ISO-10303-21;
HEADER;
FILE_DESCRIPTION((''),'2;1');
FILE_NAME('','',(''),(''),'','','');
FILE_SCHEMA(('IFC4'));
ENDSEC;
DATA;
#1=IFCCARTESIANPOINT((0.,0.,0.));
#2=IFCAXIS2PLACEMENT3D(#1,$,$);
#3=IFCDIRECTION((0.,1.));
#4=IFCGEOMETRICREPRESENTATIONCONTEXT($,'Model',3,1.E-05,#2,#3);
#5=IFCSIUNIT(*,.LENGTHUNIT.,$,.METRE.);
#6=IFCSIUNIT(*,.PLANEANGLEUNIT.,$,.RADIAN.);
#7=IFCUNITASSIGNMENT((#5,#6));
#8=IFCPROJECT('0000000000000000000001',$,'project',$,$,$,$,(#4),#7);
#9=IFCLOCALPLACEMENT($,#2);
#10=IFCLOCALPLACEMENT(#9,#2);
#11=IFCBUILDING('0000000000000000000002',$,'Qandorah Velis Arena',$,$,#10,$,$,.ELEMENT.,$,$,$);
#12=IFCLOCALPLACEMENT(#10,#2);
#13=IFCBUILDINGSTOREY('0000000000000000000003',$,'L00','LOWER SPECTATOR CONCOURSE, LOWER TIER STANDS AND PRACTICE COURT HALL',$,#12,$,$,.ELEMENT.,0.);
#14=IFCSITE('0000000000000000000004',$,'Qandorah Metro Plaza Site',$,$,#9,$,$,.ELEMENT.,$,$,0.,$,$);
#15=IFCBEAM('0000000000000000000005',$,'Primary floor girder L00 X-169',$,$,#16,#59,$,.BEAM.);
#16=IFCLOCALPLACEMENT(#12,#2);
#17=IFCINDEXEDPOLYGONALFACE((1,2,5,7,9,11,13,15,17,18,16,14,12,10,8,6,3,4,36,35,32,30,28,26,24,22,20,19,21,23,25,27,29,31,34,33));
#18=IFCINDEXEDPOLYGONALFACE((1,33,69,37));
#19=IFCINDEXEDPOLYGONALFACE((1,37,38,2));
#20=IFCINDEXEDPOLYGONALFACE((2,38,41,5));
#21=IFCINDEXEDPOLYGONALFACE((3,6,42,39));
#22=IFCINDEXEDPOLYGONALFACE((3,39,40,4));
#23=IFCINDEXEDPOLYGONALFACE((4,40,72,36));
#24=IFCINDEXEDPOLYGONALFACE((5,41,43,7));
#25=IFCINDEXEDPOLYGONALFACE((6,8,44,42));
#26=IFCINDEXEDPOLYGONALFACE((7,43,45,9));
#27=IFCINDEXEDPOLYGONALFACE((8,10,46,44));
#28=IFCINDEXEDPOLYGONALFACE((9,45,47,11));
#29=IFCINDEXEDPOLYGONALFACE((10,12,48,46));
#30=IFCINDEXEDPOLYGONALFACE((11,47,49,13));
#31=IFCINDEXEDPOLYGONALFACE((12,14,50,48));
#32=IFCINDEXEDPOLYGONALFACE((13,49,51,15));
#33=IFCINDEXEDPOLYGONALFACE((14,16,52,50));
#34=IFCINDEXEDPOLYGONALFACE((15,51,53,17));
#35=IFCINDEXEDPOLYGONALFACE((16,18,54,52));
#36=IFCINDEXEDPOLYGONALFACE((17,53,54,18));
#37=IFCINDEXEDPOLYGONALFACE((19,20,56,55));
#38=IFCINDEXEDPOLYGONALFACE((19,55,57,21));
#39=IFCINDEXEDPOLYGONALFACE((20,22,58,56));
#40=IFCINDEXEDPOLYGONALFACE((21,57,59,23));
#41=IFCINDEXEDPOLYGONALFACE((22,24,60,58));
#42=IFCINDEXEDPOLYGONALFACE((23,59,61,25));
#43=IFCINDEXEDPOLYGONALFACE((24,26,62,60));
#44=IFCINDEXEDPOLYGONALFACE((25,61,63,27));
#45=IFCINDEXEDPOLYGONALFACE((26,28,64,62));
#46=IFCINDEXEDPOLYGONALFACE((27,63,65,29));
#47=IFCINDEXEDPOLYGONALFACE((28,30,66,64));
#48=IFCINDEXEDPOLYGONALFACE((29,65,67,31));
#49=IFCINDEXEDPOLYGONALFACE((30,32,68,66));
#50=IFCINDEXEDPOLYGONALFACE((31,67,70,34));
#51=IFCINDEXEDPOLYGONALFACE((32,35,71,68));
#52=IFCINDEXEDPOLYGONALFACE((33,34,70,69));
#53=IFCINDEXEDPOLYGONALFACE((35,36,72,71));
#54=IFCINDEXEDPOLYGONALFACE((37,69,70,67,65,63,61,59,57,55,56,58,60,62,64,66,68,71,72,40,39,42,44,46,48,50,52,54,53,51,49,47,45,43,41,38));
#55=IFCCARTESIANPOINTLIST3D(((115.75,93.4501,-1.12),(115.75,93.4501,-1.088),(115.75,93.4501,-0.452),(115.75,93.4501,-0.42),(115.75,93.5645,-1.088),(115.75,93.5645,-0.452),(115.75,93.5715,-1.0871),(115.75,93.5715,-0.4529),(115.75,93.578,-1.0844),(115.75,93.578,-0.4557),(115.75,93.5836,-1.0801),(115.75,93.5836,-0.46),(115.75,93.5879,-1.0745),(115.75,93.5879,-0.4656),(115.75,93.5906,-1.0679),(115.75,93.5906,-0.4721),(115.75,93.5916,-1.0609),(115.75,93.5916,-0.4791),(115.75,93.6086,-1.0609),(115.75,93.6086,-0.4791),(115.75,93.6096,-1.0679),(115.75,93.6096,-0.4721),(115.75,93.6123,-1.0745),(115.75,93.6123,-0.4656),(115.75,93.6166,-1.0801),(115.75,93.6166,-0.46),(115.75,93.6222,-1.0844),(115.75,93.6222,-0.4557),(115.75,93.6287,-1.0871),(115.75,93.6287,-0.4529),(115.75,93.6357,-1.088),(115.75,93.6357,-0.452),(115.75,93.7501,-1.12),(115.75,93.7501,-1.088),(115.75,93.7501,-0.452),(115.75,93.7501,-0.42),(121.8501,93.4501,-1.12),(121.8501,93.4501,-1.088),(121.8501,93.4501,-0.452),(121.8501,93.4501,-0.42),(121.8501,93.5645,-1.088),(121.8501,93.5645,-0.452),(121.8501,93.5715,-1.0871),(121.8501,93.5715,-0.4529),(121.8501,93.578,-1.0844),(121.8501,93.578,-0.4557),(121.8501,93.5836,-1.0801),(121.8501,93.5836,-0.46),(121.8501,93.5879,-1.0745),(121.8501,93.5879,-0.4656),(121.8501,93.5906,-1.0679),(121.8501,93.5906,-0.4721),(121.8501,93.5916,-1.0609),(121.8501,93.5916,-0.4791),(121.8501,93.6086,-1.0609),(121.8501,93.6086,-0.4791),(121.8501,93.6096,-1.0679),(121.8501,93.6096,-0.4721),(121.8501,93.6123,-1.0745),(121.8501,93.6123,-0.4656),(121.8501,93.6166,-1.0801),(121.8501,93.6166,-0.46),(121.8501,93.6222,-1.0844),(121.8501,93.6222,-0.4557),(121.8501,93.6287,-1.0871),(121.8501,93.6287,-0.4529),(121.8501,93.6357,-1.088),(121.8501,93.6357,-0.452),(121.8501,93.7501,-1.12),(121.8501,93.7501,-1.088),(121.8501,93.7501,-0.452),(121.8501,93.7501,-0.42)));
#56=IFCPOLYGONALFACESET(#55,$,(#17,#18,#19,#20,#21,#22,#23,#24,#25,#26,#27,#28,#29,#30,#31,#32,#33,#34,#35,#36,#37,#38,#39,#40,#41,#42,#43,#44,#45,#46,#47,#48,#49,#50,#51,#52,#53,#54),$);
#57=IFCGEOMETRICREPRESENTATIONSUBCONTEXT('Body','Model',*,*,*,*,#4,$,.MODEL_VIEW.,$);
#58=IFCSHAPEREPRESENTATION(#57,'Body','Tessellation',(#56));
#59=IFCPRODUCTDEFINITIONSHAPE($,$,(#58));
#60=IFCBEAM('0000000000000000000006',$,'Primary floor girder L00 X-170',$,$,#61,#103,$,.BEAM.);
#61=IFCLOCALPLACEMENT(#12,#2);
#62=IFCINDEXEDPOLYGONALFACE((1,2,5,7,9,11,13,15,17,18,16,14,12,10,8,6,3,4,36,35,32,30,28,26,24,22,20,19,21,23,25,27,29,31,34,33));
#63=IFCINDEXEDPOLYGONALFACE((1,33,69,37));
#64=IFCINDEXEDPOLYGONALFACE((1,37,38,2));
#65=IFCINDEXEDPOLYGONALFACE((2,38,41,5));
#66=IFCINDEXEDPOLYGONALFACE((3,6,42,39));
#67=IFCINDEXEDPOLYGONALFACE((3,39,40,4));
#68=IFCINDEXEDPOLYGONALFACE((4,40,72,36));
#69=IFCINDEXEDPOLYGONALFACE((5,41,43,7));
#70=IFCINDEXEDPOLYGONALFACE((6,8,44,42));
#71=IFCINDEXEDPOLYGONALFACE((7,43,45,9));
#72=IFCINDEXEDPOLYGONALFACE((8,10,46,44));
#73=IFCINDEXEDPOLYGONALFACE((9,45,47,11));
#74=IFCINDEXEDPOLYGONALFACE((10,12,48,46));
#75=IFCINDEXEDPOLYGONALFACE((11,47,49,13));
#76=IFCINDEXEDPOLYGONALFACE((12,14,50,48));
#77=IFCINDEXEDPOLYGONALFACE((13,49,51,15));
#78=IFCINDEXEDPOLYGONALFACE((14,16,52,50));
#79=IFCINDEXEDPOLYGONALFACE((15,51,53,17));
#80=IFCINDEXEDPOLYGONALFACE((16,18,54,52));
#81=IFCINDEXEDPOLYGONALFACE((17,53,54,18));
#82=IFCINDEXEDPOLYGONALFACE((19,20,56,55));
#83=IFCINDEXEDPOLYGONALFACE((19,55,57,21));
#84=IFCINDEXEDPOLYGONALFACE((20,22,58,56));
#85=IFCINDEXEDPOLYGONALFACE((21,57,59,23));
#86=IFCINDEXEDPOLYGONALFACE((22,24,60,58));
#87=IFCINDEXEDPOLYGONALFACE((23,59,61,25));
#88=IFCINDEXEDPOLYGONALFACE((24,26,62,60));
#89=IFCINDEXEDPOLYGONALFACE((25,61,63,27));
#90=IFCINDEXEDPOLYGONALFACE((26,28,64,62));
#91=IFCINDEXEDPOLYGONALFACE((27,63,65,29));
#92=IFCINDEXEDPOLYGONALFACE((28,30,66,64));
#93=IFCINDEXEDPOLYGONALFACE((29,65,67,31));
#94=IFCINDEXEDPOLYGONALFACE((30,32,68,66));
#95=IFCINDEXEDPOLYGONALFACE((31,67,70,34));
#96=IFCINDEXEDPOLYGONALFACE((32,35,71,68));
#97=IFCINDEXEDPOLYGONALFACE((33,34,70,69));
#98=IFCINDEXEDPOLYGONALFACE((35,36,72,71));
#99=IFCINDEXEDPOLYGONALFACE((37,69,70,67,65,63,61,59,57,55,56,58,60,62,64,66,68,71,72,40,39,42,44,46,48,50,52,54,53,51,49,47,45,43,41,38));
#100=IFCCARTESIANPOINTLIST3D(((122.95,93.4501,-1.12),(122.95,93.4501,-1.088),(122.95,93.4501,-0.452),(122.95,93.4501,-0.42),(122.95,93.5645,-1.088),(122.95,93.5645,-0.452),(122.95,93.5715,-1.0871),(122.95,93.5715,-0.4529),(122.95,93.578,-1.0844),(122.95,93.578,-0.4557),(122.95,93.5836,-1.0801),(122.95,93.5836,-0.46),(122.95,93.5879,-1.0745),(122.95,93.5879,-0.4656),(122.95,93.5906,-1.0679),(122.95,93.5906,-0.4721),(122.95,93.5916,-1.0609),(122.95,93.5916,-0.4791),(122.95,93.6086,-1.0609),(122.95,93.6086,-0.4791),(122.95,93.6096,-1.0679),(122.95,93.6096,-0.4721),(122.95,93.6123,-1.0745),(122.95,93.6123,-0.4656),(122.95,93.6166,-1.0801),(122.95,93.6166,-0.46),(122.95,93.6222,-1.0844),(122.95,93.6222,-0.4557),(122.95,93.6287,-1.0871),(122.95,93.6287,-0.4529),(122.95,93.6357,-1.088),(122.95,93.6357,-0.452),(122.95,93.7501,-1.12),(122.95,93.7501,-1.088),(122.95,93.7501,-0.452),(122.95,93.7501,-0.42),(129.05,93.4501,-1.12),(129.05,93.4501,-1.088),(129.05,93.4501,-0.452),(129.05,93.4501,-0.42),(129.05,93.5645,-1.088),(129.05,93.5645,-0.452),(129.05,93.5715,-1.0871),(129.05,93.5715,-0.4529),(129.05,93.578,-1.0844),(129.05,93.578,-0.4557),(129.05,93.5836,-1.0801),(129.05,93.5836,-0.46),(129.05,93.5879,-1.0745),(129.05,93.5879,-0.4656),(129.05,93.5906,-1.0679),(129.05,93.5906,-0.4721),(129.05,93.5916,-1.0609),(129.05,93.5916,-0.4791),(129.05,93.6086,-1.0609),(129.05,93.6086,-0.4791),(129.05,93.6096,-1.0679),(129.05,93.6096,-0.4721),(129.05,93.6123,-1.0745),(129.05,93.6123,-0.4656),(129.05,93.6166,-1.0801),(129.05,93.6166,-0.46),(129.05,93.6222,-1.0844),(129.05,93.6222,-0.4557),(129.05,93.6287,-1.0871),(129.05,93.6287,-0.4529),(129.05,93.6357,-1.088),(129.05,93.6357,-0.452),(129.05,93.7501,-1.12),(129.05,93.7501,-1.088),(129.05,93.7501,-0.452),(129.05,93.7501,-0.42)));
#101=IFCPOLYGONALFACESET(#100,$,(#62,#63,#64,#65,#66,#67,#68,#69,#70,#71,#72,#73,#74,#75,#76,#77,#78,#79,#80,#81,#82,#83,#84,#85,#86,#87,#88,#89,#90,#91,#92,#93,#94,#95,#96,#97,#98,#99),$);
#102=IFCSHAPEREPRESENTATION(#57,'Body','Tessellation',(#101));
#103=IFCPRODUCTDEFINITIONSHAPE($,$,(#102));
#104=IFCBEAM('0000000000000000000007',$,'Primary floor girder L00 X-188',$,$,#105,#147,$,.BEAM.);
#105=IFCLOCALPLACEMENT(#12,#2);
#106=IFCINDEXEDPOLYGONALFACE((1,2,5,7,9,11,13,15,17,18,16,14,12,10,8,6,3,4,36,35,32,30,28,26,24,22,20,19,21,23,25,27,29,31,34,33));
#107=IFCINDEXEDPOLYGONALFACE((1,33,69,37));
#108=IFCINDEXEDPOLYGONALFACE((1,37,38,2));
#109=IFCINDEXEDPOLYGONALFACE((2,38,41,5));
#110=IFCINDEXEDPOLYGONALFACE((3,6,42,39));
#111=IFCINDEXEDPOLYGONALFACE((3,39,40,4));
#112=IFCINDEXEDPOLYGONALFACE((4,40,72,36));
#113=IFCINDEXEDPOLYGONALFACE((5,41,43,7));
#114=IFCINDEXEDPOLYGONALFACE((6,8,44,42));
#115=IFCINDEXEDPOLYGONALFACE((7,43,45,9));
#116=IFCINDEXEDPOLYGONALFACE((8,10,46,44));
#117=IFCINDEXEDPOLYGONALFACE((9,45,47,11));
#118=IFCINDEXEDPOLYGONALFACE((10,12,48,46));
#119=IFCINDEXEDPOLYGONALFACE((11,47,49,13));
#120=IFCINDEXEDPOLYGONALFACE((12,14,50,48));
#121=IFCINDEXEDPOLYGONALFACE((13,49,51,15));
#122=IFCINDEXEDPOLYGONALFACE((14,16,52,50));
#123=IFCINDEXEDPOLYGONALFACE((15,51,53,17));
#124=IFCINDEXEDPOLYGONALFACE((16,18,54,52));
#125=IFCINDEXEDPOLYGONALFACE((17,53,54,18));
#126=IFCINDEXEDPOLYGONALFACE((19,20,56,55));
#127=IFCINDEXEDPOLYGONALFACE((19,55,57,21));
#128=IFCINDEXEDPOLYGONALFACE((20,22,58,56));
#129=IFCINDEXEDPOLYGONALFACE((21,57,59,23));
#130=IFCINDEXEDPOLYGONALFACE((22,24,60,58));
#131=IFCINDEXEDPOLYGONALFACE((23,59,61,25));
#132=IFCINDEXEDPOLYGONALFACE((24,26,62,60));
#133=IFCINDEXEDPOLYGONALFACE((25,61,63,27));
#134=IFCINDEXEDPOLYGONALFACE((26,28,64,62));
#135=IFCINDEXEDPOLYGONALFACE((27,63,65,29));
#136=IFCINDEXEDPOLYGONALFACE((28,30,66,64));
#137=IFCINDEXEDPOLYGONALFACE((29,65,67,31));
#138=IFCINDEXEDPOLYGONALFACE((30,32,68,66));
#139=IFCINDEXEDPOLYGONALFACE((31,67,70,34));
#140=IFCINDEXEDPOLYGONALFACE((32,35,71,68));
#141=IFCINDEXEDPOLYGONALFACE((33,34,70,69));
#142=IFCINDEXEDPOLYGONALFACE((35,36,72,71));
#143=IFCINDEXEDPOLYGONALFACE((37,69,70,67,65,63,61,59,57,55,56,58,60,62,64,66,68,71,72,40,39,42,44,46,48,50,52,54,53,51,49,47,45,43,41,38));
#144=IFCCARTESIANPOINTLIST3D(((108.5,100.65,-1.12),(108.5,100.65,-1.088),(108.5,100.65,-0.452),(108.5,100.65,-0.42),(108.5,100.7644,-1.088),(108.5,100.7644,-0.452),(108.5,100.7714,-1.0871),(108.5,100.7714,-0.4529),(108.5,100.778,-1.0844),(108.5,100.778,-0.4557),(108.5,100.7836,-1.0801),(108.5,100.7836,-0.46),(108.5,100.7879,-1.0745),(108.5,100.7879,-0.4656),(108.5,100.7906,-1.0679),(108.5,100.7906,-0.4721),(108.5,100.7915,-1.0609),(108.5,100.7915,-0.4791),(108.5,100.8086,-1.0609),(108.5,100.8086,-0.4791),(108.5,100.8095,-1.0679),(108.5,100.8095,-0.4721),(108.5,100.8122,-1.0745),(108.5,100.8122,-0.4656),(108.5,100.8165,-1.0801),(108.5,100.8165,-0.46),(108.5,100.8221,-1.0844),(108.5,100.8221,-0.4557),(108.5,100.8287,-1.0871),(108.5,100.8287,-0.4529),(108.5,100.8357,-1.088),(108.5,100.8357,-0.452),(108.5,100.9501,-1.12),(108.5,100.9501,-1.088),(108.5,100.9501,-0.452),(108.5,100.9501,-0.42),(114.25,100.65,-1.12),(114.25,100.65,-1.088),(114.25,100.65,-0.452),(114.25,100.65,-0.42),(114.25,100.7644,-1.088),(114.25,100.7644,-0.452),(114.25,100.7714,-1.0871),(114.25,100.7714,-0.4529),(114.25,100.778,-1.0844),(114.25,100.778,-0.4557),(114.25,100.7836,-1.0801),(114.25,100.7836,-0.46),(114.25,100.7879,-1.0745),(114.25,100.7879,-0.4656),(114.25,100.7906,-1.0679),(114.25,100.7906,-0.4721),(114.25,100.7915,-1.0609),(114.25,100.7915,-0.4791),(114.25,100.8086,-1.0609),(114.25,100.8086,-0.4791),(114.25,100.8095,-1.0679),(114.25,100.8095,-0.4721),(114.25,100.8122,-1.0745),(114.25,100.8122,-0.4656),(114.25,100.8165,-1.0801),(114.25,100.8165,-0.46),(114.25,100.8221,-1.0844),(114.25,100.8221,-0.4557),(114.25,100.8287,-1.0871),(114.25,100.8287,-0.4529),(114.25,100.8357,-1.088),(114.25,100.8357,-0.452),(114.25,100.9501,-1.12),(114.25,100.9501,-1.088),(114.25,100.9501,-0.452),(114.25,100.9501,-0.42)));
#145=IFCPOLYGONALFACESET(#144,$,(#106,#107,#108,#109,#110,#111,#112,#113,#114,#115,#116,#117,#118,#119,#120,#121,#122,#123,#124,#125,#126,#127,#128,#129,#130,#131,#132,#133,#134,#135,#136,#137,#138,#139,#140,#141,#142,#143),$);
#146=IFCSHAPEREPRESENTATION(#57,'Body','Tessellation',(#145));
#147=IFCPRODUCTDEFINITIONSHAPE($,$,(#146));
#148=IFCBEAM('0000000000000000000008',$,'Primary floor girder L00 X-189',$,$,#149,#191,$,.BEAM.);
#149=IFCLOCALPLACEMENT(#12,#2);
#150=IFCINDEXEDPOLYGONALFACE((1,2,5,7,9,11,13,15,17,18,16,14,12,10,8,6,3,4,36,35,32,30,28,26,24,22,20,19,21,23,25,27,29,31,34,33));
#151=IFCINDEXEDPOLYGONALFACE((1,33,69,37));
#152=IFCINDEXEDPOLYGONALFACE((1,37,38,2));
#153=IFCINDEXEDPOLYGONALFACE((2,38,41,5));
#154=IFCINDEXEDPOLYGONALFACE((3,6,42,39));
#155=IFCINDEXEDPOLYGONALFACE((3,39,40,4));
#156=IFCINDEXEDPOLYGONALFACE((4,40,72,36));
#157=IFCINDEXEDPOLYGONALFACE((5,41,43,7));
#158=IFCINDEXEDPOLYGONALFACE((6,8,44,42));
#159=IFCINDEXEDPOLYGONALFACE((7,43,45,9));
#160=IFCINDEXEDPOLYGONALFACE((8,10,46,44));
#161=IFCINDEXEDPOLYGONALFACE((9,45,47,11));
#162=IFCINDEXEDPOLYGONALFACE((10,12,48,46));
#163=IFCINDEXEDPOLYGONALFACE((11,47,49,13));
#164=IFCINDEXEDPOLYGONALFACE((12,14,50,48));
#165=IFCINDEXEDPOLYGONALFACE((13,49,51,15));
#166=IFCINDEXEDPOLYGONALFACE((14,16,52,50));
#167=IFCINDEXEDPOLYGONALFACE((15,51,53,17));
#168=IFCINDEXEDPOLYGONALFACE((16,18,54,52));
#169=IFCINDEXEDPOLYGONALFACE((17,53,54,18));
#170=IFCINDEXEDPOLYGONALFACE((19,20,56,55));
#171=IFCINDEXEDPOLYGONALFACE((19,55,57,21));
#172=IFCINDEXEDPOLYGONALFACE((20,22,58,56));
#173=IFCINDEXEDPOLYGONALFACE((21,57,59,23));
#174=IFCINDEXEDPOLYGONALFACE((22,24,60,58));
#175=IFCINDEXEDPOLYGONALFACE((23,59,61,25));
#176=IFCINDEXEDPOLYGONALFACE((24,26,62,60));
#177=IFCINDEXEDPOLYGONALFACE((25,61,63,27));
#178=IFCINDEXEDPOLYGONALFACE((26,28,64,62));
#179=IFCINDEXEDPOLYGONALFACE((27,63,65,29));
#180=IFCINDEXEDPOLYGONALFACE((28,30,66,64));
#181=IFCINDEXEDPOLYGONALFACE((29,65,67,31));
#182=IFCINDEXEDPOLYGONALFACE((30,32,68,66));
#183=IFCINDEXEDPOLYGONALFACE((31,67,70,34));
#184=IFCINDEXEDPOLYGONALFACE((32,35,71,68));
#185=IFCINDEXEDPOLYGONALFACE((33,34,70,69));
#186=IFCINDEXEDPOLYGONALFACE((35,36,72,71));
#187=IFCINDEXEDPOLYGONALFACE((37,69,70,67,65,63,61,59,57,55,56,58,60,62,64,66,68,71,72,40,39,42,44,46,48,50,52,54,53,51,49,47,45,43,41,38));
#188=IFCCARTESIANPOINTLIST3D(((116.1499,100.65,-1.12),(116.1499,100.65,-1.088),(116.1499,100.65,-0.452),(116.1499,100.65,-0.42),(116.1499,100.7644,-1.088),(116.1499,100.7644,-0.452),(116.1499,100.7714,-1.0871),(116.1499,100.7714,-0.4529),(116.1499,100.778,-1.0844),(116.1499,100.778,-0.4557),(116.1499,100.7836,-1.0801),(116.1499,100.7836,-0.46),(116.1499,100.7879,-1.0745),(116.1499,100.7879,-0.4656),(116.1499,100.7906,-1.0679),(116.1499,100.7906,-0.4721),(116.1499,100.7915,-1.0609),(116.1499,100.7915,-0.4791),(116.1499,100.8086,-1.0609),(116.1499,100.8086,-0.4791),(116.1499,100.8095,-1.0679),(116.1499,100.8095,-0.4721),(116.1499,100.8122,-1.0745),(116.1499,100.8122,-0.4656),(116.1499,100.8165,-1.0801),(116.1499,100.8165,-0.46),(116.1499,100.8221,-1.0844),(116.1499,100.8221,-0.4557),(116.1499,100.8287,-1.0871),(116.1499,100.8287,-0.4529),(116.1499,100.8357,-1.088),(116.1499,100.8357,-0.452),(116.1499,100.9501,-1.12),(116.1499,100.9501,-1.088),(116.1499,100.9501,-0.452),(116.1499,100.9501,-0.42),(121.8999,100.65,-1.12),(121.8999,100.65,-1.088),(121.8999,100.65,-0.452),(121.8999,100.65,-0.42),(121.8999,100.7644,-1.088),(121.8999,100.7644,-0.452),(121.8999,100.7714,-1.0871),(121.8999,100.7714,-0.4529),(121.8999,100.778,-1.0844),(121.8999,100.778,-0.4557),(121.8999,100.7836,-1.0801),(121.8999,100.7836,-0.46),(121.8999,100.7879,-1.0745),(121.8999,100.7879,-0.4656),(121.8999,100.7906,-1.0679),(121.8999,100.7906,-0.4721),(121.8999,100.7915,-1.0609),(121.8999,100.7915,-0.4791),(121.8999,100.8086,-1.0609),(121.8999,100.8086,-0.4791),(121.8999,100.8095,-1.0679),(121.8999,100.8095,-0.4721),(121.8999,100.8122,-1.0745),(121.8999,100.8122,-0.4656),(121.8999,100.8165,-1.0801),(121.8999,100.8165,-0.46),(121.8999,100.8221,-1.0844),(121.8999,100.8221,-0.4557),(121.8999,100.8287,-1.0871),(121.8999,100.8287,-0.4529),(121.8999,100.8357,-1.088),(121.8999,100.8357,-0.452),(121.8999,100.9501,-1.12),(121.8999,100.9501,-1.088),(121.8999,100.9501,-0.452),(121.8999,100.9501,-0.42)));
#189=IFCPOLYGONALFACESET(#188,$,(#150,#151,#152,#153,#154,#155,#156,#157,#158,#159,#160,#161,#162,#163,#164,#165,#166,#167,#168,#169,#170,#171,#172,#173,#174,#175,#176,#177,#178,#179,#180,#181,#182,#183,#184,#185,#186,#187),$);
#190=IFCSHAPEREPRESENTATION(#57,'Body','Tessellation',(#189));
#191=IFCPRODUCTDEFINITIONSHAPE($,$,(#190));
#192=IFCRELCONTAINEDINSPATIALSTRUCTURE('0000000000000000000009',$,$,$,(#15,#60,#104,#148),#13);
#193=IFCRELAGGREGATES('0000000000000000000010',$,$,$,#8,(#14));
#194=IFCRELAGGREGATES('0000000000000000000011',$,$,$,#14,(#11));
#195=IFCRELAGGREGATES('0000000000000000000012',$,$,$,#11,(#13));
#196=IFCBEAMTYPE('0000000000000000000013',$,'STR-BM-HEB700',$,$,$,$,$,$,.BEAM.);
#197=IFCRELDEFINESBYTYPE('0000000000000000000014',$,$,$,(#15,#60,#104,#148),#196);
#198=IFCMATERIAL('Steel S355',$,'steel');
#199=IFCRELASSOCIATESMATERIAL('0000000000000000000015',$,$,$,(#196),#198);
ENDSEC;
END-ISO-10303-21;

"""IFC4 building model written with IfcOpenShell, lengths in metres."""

from ifc_helpers import new_model, si_unit, direction, frame, origin, origin_2d, place, context, subcontext, project, spatial, i_section, extrude, material, material_profile, profile_set, type_object, element, save


model = new_model("IFC4")

# Units and contexts
model_context = context("Model", 3, precision=1e-05, world=origin(), true_north=direction((0.0, 1.0)))
body_context = subcontext(model_context, "Body", "Model", "MODEL_VIEW")
ifc_project = project(units=[si_unit("LENGTHUNIT", "METRE"), si_unit("PLANEANGLEUNIT", "RADIAN")], contexts=[model_context])

# Site, building, storey
site_placement = place(None, origin())
site = spatial("IfcSite", under=ifc_project, at=site_placement, Name="Qandorah Metro Plaza Site", CompositionType="ELEMENT", RefElevation=0.0)
building_placement = place(site_placement, origin())
building = spatial("IfcBuilding", under=site, at=building_placement, Name="Qandorah Velis Arena", CompositionType="ELEMENT")
storey_placement = place(building_placement, origin())
storey = spatial("IfcBuildingStorey", under=building, at=storey_placement, Name="L00", Description="LOWER SPECTATOR CONCOURSE, LOWER TIER STANDS AND PRACTICE COURT HALL", CompositionType="ELEMENT", Elevation=0.0)

# Beams
ifc_material_1 = material(Name="Steel S355", Category="steel")
ifc_material_profile_1 = material_profile(ifc_material_1, i_section(OverallWidth=0.3, OverallDepth=0.7, WebThickness=0.0171, FlangeThickness=0.032, FilletRadius=0.0271, at=origin_2d()), Name="HEB 700")
ifc_profile_set_1 = profile_set([ifc_material_profile_1], Name="Steel S355")
beam_type_1 = type_object("IfcBeamType", Name="STR-BM-HEB700", PredefinedType="BEAM", material=ifc_profile_set_1)
for number, where, z_axis, x_axis, name in (
    (1, (115.75, 93.6001, -0.77), (1.0, 0.0, 0.0), (0.0, 1.0, 0.0), "Primary floor girder L00 X-169"),
    (2, (122.95, 93.6001, -0.77), (1.0, 0.0, 0.0), (0.0, 1.0, 0.0), "Primary floor girder L00 X-170"),
):
    element("IfcBeam", number, at=place(storey_placement, frame(where, z_axis=z_axis, x_axis=x_axis)), inside=storey, type_object=beam_type_1, Name=name, PredefinedType="BEAM", context=body_context, shape_type="SweptSolid", body=[
        extrude(i_section(OverallWidth=0.3, OverallDepth=0.7, WebThickness=0.0171, FlangeThickness=0.032, FilletRadius=0.0271, at=origin_2d()), origin(), (0.0, 0.0, 1.0), 6.1001),
    ])
for number, where, z_axis, x_axis, name in (
    (3, (108.5, 100.8, -0.77), (1.0, 0.0, 0.0), (0.0, 1.0, 0.0), "Primary floor girder L00 X-188"),
    (4, (116.1499, 100.8, -0.77), (1.0, 0.0, 0.0), (0.0, 1.0, 0.0), "Primary floor girder L00 X-189"),
):
    element("IfcBeam", number, at=place(storey_placement, frame(where, z_axis=z_axis, x_axis=x_axis)), inside=storey, type_object=beam_type_1, Name=name, PredefinedType="BEAM", context=body_context, shape_type="SweptSolid", body=[
        extrude(i_section(OverallWidth=0.3, OverallDepth=0.7, WebThickness=0.0171, FlangeThickness=0.032, FilletRadius=0.0271, at=origin_2d()), origin(), (0.0, 0.0, 1.0), 5.75),
    ])

save(model, "model.ifc")
